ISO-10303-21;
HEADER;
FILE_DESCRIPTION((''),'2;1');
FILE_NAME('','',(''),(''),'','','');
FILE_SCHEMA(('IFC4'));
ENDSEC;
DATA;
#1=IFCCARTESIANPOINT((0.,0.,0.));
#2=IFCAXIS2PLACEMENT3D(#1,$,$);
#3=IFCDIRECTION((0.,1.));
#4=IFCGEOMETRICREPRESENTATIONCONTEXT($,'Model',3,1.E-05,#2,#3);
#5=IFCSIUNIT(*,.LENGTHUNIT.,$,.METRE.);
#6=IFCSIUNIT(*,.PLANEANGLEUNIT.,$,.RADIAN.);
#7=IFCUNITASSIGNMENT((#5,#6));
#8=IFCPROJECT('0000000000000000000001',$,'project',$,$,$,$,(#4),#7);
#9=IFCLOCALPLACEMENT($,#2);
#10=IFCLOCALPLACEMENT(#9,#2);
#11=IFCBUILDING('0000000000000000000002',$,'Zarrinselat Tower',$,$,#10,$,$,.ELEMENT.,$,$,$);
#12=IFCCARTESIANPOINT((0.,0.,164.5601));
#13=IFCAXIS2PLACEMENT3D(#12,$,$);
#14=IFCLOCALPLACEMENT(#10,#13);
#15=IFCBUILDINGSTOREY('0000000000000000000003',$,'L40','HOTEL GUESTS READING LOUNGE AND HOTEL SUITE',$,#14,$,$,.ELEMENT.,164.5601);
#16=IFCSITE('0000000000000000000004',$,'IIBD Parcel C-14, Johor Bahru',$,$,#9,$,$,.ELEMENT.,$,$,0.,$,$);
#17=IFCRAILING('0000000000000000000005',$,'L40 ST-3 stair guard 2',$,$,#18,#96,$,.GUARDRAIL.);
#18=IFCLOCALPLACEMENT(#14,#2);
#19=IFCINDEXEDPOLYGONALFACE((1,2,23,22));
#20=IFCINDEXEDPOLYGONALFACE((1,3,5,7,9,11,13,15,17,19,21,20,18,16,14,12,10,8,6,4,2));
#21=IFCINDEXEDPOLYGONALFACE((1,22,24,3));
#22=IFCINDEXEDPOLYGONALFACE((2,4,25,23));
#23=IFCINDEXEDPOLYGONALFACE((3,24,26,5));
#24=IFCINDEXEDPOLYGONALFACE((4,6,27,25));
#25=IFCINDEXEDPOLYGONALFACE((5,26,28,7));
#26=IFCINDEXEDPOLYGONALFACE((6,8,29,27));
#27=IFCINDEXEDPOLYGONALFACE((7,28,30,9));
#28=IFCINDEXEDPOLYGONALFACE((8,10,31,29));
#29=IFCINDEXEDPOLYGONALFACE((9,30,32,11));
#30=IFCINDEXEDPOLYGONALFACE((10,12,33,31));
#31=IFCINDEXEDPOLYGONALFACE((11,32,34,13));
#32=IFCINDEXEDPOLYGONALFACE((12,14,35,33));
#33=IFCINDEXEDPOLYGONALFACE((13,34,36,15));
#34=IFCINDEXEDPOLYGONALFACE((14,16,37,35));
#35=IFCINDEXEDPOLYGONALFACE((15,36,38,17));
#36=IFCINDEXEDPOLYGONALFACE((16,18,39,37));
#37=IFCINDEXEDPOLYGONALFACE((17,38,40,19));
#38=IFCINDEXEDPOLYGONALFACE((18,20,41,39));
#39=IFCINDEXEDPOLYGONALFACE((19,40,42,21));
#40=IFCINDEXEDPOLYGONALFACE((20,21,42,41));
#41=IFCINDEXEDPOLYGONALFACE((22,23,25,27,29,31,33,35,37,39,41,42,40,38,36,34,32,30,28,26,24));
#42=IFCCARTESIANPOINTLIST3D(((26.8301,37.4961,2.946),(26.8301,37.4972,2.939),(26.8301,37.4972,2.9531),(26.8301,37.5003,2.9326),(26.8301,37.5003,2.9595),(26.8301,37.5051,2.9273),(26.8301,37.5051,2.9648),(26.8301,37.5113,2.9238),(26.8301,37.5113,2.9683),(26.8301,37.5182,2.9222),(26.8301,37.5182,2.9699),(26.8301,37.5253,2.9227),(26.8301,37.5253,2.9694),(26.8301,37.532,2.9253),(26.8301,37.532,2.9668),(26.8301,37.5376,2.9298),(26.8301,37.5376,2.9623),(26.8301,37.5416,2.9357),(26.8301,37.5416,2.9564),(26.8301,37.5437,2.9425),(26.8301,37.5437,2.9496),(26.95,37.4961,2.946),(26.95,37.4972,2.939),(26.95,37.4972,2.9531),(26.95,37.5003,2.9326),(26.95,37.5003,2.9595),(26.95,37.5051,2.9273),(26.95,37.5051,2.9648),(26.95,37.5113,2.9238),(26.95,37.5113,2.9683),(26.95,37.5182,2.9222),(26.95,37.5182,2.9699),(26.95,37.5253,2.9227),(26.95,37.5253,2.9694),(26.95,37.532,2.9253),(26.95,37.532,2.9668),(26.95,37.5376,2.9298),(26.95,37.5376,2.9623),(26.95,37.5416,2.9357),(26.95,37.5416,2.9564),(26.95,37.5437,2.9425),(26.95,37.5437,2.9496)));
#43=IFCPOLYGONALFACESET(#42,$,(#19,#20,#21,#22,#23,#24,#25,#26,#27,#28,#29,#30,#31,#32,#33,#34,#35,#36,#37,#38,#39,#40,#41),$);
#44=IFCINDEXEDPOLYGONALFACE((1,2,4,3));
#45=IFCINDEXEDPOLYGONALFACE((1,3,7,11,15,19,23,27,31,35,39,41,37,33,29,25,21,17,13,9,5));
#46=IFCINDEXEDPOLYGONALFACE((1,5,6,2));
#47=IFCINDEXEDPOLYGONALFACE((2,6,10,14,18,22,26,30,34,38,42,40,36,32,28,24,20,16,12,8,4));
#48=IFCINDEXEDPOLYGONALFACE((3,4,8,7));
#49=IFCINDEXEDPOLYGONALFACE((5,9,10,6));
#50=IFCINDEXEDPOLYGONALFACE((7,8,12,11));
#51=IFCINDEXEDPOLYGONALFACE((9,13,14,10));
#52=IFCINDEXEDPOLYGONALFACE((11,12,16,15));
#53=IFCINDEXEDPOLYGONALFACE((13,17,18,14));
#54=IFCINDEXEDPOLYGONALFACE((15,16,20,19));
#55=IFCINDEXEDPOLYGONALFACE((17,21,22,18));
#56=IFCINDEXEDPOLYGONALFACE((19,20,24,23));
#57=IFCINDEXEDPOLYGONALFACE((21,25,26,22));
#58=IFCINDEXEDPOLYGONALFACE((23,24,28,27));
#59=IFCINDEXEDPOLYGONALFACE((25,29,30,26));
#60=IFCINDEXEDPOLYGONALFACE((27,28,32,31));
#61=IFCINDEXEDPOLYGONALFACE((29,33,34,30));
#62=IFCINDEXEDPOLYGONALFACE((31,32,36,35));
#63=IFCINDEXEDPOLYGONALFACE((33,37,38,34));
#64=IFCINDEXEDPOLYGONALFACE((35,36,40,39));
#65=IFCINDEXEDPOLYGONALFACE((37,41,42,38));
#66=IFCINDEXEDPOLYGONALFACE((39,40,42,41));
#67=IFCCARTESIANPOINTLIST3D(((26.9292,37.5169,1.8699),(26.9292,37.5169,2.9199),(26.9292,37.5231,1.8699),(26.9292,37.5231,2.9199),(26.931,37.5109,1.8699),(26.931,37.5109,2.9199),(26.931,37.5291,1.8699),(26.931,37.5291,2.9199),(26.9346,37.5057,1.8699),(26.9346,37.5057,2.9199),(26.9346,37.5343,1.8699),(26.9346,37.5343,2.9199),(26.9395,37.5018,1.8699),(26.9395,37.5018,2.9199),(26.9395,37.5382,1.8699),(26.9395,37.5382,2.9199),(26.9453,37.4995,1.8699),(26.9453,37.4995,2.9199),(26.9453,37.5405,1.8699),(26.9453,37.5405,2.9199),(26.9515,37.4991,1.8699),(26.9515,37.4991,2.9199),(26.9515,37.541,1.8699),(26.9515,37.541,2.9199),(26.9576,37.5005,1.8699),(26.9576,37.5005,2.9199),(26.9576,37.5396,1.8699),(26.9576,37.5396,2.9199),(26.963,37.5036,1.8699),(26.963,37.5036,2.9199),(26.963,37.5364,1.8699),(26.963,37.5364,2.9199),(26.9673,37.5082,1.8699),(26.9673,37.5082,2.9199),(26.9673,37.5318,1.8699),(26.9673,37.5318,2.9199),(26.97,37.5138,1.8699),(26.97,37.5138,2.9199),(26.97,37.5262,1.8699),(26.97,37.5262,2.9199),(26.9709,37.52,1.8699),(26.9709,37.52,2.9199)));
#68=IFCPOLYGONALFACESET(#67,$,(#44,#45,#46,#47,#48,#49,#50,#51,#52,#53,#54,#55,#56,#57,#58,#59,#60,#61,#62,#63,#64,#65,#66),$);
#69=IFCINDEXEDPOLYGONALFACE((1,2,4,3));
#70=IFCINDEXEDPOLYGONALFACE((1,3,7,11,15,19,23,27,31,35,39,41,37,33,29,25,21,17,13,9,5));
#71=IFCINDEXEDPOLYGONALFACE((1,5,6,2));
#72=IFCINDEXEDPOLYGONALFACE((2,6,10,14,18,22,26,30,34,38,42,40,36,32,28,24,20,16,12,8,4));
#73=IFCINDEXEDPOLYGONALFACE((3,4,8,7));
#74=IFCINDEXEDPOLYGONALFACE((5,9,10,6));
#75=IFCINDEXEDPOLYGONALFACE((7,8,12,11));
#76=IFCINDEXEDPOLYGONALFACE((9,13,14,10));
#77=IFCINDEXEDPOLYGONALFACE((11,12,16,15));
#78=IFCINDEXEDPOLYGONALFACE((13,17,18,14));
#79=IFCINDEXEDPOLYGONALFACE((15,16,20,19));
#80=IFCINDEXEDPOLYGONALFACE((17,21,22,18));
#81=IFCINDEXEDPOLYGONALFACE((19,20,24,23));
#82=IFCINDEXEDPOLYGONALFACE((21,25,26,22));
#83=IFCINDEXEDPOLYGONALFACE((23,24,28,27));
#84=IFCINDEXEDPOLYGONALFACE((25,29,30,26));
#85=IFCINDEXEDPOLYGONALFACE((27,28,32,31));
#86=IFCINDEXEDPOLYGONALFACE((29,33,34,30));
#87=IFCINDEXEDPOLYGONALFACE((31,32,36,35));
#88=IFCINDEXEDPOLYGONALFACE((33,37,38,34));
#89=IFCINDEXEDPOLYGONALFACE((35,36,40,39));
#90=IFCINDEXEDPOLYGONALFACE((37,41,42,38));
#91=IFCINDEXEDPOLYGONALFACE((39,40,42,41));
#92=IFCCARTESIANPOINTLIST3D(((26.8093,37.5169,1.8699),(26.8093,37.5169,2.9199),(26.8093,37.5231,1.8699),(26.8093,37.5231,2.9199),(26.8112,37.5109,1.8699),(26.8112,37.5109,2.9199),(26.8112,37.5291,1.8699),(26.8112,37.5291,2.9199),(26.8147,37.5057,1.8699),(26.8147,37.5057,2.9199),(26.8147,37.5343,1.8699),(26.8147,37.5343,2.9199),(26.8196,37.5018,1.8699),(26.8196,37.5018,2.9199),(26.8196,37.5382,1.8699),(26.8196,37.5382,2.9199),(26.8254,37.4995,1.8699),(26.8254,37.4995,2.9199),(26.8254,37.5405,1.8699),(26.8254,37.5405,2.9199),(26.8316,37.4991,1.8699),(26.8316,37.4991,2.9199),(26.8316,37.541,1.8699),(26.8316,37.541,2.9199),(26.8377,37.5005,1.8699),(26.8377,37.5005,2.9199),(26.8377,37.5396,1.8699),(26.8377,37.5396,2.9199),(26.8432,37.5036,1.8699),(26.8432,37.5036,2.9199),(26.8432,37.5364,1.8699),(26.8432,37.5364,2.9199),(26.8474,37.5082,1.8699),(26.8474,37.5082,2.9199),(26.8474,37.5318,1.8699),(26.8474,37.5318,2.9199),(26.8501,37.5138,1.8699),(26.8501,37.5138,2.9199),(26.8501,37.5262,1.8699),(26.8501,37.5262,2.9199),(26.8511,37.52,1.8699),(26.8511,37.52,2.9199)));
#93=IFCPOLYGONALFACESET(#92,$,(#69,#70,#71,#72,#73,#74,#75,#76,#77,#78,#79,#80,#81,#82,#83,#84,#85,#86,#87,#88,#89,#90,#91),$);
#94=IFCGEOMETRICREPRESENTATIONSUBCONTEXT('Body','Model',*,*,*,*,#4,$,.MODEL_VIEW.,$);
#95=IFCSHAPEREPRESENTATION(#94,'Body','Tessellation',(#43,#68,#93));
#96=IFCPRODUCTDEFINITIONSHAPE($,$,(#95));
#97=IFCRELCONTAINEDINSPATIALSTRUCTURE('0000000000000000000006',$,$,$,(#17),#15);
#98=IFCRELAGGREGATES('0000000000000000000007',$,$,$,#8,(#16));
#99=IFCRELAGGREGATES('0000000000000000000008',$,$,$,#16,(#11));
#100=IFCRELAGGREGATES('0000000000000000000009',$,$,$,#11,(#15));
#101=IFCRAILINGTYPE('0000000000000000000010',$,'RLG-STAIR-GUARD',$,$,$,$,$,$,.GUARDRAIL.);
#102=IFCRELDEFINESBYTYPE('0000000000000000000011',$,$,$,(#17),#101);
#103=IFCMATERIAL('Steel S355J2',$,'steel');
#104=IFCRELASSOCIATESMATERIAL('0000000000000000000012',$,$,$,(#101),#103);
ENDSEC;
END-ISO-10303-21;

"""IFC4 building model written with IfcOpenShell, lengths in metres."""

from ifc_helpers import new_model, si_unit, direction, frame, origin, origin_2d, place, context, subcontext, project, spatial, circle, extrude, material, type_object, element, save


model = new_model("IFC4")

# Units and contexts
model_context = context("Model", 3, precision=1e-05, world=origin(), true_north=direction((0.0, 1.0)))
body_context = subcontext(model_context, "Body", "Model", "MODEL_VIEW")
ifc_project = project(units=[si_unit("LENGTHUNIT", "METRE"), si_unit("PLANEANGLEUNIT", "RADIAN")], contexts=[model_context])

# Site, building, storey
site_placement = place(None, origin())
site = spatial("IfcSite", under=ifc_project, at=site_placement, Name="IIBD Parcel C-14, Johor Bahru", CompositionType="ELEMENT", RefElevation=0.0)
building_placement = place(site_placement, origin())
building = spatial("IfcBuilding", under=site, at=building_placement, Name="Zarrinselat Tower", CompositionType="ELEMENT")
storey_placement = place(building_placement, frame((0.0, 0.0, 164.5601)))
storey = spatial("IfcBuildingStorey", under=building, at=storey_placement, Name="L40", Description="HOTEL GUESTS READING LOUNGE AND HOTEL SUITE", CompositionType="ELEMENT", Elevation=164.5601)

# Railing
ifc_material_1 = material(Name="Steel S355J2", Category="steel")
railing_type_1 = type_object("IfcRailingType", Name="RLG-STAIR-GUARD", PredefinedType="GUARDRAIL", material=ifc_material_1)
railing_1_placement = place(storey_placement, frame((26.95, 37.52, 1.8699)))
element("IfcRailing", 1, at=railing_1_placement, inside=storey, type_object=railing_type_1, Name="L40 ST-3 stair guard 2", PredefinedType="GUARDRAIL", context=body_context, shape_type="SweptSolid", body=[
    extrude(circle(Radius=0.0239, at=origin_2d()), frame((0.0, 0.0, 1.0762), z_axis=(-1.0, 0.0, 0.0), x_axis=(0.0, -1.0, 0.0)), (0.0, 0.0, 1.0), 0.1199),
    extrude(circle(Radius=0.021, at=origin_2d()), origin(), (0.0, 0.0, 1.0), 1.05),
    extrude(circle(Radius=0.021, at=origin_2d()), frame((-0.1199, 0.0, 0.0)), (0.0, 0.0, 1.0), 1.05),
])

save(model, "model.ifc")
